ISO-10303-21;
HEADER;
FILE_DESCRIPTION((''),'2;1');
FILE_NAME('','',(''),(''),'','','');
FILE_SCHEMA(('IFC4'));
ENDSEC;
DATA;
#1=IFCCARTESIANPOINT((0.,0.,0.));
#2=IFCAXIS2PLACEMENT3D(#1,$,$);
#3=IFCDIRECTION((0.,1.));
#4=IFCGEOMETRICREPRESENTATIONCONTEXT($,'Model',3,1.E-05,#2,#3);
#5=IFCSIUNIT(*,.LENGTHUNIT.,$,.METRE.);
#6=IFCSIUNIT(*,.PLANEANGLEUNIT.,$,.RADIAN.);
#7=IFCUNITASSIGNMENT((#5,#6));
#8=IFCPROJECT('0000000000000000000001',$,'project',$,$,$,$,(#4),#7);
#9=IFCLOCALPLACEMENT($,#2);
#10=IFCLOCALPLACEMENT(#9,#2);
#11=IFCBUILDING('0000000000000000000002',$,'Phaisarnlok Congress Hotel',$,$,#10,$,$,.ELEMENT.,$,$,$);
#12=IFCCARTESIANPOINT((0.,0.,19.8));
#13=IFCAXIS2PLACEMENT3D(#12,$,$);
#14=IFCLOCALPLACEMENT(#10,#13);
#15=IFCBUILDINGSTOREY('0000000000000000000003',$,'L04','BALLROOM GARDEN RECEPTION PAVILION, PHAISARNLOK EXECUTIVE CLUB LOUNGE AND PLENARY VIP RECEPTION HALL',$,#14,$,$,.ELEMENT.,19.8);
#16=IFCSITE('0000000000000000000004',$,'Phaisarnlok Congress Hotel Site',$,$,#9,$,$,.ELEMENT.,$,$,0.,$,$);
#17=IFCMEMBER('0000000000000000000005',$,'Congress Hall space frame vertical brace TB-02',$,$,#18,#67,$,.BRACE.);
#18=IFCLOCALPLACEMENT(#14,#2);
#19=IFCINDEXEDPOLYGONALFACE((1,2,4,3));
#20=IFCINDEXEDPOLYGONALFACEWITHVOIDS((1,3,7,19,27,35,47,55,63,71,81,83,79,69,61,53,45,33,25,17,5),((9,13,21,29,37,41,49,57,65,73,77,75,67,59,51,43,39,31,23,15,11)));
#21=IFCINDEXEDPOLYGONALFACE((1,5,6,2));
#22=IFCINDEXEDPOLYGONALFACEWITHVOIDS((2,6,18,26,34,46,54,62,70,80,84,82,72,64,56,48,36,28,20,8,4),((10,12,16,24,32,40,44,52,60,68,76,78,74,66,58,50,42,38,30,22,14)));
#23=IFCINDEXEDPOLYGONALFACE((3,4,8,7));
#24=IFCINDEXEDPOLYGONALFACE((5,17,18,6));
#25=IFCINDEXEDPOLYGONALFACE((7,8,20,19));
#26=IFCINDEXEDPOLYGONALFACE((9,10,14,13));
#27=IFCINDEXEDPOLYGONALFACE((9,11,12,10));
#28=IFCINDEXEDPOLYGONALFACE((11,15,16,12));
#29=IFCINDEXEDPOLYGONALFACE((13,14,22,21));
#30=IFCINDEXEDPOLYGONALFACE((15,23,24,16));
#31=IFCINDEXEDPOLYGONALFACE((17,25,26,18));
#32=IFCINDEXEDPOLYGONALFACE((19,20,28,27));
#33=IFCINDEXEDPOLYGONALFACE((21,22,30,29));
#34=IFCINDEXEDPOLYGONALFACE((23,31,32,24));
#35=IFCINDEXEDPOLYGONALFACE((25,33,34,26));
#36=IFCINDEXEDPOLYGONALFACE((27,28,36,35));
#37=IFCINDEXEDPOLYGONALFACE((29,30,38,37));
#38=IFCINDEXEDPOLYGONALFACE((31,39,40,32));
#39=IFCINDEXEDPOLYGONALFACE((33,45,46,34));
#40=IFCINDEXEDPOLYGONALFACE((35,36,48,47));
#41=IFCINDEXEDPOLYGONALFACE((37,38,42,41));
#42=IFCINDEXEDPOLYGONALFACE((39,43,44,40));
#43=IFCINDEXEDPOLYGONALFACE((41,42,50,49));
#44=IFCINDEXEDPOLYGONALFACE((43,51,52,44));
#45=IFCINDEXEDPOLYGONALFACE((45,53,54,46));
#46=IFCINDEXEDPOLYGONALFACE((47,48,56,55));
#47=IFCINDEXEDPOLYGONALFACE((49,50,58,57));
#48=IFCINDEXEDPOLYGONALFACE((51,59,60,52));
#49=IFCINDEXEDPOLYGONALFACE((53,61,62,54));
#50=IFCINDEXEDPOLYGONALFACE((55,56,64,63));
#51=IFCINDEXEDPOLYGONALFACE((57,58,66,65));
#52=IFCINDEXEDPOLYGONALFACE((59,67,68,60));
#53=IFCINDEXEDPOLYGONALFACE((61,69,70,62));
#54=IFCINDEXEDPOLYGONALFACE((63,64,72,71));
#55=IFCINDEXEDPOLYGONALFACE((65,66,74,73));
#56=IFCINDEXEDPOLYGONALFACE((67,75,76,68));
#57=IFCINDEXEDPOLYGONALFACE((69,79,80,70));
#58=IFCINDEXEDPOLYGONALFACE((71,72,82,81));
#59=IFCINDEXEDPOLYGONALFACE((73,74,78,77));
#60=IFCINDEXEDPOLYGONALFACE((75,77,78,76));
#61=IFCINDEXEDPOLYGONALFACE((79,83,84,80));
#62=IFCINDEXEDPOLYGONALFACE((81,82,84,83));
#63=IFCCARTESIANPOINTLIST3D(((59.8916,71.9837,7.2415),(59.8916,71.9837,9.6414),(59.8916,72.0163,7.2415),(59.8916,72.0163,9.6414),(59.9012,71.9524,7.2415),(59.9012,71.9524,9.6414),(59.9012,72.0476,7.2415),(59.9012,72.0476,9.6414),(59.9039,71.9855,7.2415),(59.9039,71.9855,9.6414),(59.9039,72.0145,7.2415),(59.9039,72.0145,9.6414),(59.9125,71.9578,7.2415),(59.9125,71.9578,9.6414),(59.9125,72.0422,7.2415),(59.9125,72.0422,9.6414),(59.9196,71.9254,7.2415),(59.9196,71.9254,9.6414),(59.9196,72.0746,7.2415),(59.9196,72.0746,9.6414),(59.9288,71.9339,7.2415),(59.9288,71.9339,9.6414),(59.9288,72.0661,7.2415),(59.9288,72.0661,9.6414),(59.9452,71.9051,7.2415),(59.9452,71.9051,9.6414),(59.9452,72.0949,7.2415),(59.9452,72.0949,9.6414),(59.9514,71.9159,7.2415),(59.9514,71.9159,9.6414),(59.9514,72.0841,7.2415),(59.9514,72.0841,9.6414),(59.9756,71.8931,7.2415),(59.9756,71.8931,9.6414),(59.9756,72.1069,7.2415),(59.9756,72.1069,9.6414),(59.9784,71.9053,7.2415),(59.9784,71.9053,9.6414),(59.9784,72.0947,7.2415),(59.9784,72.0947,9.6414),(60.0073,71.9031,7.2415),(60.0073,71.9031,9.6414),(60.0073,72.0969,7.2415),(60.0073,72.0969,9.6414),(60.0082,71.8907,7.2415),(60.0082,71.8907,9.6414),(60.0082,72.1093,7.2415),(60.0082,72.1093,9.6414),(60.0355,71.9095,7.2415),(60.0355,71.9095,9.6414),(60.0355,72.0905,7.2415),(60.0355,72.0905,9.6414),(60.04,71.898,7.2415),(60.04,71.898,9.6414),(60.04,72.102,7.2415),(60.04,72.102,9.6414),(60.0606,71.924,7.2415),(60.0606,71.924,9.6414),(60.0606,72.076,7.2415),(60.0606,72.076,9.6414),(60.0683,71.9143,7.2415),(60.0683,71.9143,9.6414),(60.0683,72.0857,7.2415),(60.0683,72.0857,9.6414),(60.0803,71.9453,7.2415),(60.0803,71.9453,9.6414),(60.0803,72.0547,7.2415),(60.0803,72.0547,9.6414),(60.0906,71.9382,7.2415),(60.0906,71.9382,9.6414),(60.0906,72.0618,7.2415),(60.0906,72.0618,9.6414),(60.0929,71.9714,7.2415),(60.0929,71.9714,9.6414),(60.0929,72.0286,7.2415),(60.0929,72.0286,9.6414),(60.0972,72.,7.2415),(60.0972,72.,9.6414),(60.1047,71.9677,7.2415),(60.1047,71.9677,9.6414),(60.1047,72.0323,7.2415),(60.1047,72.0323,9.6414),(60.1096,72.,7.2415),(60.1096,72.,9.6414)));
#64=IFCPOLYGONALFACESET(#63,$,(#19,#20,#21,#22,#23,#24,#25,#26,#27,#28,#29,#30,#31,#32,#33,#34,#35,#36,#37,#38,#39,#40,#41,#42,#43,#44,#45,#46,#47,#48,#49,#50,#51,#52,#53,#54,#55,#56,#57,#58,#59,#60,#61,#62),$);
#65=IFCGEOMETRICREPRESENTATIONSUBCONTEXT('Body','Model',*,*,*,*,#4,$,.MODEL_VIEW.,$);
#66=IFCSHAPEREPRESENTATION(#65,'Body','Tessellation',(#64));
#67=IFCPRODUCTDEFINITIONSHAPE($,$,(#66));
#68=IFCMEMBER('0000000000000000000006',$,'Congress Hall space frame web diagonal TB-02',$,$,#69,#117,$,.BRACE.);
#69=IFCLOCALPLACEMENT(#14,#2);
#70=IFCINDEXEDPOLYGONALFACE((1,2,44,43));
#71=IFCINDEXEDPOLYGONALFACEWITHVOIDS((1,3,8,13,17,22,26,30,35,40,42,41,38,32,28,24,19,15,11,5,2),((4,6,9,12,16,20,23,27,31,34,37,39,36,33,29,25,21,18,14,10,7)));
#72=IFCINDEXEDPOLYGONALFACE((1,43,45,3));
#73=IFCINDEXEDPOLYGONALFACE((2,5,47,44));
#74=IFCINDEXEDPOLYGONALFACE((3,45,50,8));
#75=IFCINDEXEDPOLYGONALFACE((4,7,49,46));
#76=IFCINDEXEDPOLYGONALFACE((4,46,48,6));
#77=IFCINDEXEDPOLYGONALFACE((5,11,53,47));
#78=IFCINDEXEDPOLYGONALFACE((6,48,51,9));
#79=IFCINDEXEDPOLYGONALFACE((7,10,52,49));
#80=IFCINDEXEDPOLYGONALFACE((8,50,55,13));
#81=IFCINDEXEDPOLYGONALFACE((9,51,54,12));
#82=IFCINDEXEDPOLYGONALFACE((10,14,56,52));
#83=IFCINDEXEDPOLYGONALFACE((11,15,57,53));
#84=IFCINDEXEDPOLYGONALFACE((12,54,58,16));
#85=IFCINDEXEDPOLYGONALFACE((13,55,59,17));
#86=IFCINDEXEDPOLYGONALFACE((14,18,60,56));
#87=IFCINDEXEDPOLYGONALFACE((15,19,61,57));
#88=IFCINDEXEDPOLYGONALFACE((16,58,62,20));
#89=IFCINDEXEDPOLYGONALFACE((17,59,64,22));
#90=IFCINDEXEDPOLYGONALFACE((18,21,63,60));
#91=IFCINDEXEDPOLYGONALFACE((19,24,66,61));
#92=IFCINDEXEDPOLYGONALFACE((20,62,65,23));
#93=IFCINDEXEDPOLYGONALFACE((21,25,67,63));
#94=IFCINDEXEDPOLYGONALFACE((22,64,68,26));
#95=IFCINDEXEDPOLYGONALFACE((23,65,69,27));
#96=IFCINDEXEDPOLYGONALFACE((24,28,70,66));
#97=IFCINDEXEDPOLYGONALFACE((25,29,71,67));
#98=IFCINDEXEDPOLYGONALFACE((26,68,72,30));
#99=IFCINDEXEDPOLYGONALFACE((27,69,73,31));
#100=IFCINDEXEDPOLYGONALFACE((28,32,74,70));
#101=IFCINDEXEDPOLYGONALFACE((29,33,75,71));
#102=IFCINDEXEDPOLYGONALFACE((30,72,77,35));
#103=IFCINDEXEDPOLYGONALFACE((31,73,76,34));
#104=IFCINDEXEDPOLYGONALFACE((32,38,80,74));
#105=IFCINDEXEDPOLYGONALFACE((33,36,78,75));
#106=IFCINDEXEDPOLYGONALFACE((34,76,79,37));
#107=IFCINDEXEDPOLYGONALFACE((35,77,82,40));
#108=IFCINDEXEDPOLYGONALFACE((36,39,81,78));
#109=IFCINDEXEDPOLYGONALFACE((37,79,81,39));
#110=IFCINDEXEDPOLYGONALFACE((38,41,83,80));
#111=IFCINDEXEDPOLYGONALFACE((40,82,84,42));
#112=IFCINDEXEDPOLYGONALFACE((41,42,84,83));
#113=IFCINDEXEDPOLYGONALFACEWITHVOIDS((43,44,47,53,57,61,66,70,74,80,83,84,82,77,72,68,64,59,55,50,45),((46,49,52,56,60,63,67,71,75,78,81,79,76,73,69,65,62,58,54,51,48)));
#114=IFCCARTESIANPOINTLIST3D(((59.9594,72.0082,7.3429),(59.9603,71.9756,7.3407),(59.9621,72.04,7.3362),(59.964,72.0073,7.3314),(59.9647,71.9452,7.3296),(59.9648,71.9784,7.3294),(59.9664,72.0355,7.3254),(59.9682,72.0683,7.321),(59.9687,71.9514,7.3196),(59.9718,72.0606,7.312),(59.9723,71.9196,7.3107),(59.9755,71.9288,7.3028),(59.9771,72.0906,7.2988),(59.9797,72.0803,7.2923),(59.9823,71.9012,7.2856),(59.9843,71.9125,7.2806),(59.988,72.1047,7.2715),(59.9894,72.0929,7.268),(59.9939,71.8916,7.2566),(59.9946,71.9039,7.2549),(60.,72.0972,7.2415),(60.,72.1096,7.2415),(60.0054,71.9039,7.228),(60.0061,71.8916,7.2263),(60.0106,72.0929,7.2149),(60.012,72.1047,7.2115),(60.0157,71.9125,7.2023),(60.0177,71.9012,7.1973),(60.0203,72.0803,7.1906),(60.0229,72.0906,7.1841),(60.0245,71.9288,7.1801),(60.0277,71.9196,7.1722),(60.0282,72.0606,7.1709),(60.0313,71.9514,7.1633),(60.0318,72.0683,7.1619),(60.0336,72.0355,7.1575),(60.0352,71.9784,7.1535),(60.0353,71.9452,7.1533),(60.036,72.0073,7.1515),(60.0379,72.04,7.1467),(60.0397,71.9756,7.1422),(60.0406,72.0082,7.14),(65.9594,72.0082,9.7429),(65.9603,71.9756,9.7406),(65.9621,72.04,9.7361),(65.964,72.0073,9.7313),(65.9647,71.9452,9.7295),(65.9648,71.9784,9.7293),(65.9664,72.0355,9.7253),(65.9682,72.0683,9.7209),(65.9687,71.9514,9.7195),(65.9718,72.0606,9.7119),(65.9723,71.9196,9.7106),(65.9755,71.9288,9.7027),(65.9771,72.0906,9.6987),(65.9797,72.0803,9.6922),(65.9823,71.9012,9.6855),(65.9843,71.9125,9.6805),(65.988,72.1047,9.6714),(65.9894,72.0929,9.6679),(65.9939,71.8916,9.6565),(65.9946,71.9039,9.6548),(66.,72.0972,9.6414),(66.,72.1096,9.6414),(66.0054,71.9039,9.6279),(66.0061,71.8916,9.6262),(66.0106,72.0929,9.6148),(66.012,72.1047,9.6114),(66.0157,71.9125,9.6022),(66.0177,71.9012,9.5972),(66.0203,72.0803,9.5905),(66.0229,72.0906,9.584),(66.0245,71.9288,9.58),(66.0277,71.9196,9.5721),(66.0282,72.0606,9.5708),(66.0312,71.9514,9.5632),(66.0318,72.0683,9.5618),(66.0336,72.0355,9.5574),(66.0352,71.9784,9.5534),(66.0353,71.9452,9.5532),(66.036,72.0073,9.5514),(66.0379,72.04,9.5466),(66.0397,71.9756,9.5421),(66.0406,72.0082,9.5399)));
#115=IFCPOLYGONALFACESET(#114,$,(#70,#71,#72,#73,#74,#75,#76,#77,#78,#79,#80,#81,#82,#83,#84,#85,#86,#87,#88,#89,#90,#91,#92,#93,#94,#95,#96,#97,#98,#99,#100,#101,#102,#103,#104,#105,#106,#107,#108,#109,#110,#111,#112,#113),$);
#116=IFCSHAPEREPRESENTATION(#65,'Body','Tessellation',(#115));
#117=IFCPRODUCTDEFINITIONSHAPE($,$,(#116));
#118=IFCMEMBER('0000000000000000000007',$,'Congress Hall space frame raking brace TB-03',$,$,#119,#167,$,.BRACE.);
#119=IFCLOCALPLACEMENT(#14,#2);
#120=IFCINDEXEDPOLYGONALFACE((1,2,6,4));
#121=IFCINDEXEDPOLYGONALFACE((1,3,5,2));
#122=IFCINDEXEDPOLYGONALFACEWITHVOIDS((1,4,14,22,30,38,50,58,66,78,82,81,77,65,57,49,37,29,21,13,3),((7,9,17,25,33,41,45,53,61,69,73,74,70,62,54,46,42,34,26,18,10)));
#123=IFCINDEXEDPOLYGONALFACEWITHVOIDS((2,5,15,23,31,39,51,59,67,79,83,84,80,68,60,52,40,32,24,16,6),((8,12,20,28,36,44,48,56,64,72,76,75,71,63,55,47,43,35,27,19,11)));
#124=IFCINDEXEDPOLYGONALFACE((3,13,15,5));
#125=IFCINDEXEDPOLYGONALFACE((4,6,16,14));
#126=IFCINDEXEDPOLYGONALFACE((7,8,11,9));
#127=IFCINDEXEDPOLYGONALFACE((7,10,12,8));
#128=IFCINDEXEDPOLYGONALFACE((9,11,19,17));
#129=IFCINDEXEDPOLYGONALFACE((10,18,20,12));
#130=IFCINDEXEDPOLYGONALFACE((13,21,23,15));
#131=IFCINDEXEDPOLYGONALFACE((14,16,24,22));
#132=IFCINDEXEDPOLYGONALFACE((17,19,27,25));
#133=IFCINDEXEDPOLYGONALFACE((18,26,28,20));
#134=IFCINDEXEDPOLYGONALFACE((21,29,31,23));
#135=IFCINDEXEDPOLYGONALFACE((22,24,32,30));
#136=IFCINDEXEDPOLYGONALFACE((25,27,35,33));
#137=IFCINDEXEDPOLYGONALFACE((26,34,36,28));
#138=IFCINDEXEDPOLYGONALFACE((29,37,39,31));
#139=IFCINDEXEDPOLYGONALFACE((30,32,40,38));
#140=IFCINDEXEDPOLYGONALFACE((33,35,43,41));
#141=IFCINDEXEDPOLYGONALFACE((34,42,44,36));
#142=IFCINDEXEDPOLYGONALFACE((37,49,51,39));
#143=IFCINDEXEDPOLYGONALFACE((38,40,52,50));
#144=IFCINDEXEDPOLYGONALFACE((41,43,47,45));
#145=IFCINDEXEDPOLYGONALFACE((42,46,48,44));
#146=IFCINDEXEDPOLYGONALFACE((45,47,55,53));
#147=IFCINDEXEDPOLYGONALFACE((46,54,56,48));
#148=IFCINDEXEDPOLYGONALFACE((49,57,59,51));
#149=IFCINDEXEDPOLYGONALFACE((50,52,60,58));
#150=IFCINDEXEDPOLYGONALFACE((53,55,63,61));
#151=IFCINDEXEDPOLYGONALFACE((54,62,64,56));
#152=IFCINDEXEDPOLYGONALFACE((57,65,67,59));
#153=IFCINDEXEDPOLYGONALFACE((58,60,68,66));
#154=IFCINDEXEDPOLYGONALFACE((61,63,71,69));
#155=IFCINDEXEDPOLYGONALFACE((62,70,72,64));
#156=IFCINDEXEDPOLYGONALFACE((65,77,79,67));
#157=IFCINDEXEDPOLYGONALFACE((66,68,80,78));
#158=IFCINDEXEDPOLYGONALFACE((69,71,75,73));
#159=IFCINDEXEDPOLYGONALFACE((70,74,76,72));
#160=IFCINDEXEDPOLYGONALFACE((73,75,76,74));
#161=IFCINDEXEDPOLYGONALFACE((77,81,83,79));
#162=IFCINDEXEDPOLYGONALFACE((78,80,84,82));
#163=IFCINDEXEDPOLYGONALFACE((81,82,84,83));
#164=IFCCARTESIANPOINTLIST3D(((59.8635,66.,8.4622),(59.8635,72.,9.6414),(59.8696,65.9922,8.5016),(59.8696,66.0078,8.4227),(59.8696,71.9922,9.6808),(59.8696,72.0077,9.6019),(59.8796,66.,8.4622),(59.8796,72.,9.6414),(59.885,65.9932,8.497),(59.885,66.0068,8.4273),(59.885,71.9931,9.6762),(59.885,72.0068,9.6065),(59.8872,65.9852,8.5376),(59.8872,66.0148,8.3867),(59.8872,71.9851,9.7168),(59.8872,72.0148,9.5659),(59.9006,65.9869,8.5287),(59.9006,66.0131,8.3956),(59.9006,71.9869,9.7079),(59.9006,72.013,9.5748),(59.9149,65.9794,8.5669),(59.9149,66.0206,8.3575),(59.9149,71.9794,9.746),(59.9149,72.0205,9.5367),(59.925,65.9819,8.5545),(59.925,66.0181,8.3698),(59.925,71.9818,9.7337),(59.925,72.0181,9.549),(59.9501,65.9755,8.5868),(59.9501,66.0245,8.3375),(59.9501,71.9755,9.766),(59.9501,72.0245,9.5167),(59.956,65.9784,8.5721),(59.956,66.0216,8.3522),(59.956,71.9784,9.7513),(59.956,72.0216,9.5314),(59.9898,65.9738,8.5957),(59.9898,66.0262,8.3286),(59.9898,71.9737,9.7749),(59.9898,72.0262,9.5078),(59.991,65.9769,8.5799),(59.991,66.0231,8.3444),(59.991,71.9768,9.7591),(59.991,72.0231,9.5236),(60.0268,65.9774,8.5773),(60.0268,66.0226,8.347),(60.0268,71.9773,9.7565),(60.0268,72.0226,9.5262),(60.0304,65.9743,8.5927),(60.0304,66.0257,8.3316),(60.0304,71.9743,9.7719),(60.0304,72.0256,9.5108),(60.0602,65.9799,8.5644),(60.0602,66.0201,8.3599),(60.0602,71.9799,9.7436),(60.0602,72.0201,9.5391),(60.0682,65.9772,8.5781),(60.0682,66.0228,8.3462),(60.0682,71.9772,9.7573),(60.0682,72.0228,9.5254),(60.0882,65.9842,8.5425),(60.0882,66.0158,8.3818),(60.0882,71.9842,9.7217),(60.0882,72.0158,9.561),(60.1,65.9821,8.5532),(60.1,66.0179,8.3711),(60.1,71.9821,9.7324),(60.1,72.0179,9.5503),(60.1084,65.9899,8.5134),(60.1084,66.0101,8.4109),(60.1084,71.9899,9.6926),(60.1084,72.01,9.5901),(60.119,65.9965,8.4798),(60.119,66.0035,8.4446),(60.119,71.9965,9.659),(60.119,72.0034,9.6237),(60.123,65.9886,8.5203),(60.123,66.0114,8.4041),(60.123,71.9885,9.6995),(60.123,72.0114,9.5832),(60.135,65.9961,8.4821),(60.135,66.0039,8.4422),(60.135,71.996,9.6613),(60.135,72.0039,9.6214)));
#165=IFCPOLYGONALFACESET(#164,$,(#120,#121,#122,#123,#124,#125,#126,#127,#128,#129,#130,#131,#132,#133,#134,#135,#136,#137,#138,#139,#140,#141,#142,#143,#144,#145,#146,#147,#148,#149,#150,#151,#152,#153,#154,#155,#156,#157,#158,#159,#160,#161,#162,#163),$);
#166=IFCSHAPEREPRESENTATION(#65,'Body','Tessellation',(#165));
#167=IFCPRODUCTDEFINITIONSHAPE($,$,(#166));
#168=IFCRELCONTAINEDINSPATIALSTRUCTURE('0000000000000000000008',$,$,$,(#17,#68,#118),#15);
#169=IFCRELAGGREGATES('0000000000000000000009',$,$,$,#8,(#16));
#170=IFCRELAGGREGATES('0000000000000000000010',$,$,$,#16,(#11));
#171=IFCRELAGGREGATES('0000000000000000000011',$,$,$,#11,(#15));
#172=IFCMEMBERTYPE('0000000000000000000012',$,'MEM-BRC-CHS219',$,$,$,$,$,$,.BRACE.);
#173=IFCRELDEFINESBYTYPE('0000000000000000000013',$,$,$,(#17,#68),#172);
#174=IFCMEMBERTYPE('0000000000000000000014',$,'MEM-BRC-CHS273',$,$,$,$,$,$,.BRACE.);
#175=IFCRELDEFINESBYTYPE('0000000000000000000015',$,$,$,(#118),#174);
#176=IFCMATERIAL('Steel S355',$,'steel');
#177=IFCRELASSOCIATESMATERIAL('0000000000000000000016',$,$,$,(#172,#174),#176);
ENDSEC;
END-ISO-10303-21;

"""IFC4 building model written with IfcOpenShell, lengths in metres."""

from ifc_helpers import new_model, si_unit, direction, frame, origin, origin_2d, place, context, subcontext, project, spatial, hollow_circle, extrude, material, material_profile, profile_set, type_object, element, save


model = new_model("IFC4")

# Units and contexts
model_context = context("Model", 3, precision=1e-05, world=origin(), true_north=direction((0.0, 1.0)))
body_context = subcontext(model_context, "Body", "Model", "MODEL_VIEW")
ifc_project = project(units=[si_unit("LENGTHUNIT", "METRE"), si_unit("PLANEANGLEUNIT", "RADIAN")], contexts=[model_context])

# Site, building, storey
site_placement = place(None, origin())
site = spatial("IfcSite", under=ifc_project, at=site_placement, Name="Phaisarnlok Congress Hotel Site", CompositionType="ELEMENT", RefElevation=0.0)
building_placement = place(site_placement, origin())
building = spatial("IfcBuilding", under=site, at=building_placement, Name="Phaisarnlok Congress Hotel", CompositionType="ELEMENT")
storey_placement = place(building_placement, frame((0.0, 0.0, 19.8)))
storey = spatial("IfcBuildingStorey", under=building, at=storey_placement, Name="L04", Description="BALLROOM GARDEN RECEPTION PAVILION, PHAISARNLOK EXECUTIVE CLUB LOUNGE AND PLENARY VIP RECEPTION HALL", CompositionType="ELEMENT", Elevation=19.8)

# Shared definitions
ifc_material_1 = material(Name="Steel S355", Category="steel")

# Members
ifc_material_profile_1 = material_profile(ifc_material_1, hollow_circle(Radius=0.1096, WallThickness=0.0125, at=origin_2d()), Name="CHS 219.1x12.5")
ifc_profile_set_1 = profile_set([ifc_material_profile_1], Name="Steel S355")
member_type_1 = type_object("IfcMemberType", Name="MEM-BRC-CHS219", PredefinedType="BRACE", material=ifc_profile_set_1)
member_1_placement = place(storey_placement, frame((60.0, 72.0, 7.2415), z_axis=(0.0, 0.0, 1.0), x_axis=(1.0, 0.0, 0.0)))
element("IfcMember", 1, at=member_1_placement, inside=storey, type_object=member_type_1, Name="Congress Hall space frame vertical brace TB-02", PredefinedType="BRACE", context=body_context, shape_type="SweptSolid", body=[
    extrude(hollow_circle(Radius=0.1096, WallThickness=0.0125, at=origin_2d()), origin(), (0.0, 0.0, 1.0), 2.3999),
])
member_2_placement = place(storey_placement, frame((60.0, 72.0, 7.2415), z_axis=(0.928482, 0.0, 0.371378), x_axis=(0.0, 1.0, 0.0)))
element("IfcMember", 2, at=member_2_placement, inside=storey, type_object=member_type_1, Name="Congress Hall space frame web diagonal TB-02", PredefinedType="BRACE", context=body_context, shape_type="SweptSolid", body=[
    extrude(hollow_circle(Radius=0.1096, WallThickness=0.0125, at=origin_2d()), origin(), (0.0, 0.0, 1.0), 6.4622),
])
ifc_material_profile_2 = material_profile(ifc_material_1, hollow_circle(Radius=0.1365, WallThickness=0.0161, at=origin_2d()), Name="CHS 273x16")
ifc_profile_set_2 = profile_set([ifc_material_profile_2], Name="Steel S355")
member_type_2 = type_object("IfcMemberType", Name="MEM-BRC-CHS273", PredefinedType="BRACE", material=ifc_profile_set_2)
for number, where, z_axis, x_axis, name in (
    (3, (60.0, 66.0, 8.4622), (0.0, 0.981229, 0.192844), (-1.0, 0.0, 0.0), "Congress Hall space frame raking brace TB-03"),
):
    element("IfcMember", number, at=place(storey_placement, frame(where, z_axis=z_axis, x_axis=x_axis)), inside=storey, type_object=member_type_2, Name=name, PredefinedType="BRACE", context=body_context, shape_type="SweptSolid", body=[
        extrude(hollow_circle(Radius=0.1365, WallThickness=0.0161, at=origin_2d()), origin(), (0.0, 0.0, 1.0), 6.1147),
    ])

save(model, "model.ifc")
